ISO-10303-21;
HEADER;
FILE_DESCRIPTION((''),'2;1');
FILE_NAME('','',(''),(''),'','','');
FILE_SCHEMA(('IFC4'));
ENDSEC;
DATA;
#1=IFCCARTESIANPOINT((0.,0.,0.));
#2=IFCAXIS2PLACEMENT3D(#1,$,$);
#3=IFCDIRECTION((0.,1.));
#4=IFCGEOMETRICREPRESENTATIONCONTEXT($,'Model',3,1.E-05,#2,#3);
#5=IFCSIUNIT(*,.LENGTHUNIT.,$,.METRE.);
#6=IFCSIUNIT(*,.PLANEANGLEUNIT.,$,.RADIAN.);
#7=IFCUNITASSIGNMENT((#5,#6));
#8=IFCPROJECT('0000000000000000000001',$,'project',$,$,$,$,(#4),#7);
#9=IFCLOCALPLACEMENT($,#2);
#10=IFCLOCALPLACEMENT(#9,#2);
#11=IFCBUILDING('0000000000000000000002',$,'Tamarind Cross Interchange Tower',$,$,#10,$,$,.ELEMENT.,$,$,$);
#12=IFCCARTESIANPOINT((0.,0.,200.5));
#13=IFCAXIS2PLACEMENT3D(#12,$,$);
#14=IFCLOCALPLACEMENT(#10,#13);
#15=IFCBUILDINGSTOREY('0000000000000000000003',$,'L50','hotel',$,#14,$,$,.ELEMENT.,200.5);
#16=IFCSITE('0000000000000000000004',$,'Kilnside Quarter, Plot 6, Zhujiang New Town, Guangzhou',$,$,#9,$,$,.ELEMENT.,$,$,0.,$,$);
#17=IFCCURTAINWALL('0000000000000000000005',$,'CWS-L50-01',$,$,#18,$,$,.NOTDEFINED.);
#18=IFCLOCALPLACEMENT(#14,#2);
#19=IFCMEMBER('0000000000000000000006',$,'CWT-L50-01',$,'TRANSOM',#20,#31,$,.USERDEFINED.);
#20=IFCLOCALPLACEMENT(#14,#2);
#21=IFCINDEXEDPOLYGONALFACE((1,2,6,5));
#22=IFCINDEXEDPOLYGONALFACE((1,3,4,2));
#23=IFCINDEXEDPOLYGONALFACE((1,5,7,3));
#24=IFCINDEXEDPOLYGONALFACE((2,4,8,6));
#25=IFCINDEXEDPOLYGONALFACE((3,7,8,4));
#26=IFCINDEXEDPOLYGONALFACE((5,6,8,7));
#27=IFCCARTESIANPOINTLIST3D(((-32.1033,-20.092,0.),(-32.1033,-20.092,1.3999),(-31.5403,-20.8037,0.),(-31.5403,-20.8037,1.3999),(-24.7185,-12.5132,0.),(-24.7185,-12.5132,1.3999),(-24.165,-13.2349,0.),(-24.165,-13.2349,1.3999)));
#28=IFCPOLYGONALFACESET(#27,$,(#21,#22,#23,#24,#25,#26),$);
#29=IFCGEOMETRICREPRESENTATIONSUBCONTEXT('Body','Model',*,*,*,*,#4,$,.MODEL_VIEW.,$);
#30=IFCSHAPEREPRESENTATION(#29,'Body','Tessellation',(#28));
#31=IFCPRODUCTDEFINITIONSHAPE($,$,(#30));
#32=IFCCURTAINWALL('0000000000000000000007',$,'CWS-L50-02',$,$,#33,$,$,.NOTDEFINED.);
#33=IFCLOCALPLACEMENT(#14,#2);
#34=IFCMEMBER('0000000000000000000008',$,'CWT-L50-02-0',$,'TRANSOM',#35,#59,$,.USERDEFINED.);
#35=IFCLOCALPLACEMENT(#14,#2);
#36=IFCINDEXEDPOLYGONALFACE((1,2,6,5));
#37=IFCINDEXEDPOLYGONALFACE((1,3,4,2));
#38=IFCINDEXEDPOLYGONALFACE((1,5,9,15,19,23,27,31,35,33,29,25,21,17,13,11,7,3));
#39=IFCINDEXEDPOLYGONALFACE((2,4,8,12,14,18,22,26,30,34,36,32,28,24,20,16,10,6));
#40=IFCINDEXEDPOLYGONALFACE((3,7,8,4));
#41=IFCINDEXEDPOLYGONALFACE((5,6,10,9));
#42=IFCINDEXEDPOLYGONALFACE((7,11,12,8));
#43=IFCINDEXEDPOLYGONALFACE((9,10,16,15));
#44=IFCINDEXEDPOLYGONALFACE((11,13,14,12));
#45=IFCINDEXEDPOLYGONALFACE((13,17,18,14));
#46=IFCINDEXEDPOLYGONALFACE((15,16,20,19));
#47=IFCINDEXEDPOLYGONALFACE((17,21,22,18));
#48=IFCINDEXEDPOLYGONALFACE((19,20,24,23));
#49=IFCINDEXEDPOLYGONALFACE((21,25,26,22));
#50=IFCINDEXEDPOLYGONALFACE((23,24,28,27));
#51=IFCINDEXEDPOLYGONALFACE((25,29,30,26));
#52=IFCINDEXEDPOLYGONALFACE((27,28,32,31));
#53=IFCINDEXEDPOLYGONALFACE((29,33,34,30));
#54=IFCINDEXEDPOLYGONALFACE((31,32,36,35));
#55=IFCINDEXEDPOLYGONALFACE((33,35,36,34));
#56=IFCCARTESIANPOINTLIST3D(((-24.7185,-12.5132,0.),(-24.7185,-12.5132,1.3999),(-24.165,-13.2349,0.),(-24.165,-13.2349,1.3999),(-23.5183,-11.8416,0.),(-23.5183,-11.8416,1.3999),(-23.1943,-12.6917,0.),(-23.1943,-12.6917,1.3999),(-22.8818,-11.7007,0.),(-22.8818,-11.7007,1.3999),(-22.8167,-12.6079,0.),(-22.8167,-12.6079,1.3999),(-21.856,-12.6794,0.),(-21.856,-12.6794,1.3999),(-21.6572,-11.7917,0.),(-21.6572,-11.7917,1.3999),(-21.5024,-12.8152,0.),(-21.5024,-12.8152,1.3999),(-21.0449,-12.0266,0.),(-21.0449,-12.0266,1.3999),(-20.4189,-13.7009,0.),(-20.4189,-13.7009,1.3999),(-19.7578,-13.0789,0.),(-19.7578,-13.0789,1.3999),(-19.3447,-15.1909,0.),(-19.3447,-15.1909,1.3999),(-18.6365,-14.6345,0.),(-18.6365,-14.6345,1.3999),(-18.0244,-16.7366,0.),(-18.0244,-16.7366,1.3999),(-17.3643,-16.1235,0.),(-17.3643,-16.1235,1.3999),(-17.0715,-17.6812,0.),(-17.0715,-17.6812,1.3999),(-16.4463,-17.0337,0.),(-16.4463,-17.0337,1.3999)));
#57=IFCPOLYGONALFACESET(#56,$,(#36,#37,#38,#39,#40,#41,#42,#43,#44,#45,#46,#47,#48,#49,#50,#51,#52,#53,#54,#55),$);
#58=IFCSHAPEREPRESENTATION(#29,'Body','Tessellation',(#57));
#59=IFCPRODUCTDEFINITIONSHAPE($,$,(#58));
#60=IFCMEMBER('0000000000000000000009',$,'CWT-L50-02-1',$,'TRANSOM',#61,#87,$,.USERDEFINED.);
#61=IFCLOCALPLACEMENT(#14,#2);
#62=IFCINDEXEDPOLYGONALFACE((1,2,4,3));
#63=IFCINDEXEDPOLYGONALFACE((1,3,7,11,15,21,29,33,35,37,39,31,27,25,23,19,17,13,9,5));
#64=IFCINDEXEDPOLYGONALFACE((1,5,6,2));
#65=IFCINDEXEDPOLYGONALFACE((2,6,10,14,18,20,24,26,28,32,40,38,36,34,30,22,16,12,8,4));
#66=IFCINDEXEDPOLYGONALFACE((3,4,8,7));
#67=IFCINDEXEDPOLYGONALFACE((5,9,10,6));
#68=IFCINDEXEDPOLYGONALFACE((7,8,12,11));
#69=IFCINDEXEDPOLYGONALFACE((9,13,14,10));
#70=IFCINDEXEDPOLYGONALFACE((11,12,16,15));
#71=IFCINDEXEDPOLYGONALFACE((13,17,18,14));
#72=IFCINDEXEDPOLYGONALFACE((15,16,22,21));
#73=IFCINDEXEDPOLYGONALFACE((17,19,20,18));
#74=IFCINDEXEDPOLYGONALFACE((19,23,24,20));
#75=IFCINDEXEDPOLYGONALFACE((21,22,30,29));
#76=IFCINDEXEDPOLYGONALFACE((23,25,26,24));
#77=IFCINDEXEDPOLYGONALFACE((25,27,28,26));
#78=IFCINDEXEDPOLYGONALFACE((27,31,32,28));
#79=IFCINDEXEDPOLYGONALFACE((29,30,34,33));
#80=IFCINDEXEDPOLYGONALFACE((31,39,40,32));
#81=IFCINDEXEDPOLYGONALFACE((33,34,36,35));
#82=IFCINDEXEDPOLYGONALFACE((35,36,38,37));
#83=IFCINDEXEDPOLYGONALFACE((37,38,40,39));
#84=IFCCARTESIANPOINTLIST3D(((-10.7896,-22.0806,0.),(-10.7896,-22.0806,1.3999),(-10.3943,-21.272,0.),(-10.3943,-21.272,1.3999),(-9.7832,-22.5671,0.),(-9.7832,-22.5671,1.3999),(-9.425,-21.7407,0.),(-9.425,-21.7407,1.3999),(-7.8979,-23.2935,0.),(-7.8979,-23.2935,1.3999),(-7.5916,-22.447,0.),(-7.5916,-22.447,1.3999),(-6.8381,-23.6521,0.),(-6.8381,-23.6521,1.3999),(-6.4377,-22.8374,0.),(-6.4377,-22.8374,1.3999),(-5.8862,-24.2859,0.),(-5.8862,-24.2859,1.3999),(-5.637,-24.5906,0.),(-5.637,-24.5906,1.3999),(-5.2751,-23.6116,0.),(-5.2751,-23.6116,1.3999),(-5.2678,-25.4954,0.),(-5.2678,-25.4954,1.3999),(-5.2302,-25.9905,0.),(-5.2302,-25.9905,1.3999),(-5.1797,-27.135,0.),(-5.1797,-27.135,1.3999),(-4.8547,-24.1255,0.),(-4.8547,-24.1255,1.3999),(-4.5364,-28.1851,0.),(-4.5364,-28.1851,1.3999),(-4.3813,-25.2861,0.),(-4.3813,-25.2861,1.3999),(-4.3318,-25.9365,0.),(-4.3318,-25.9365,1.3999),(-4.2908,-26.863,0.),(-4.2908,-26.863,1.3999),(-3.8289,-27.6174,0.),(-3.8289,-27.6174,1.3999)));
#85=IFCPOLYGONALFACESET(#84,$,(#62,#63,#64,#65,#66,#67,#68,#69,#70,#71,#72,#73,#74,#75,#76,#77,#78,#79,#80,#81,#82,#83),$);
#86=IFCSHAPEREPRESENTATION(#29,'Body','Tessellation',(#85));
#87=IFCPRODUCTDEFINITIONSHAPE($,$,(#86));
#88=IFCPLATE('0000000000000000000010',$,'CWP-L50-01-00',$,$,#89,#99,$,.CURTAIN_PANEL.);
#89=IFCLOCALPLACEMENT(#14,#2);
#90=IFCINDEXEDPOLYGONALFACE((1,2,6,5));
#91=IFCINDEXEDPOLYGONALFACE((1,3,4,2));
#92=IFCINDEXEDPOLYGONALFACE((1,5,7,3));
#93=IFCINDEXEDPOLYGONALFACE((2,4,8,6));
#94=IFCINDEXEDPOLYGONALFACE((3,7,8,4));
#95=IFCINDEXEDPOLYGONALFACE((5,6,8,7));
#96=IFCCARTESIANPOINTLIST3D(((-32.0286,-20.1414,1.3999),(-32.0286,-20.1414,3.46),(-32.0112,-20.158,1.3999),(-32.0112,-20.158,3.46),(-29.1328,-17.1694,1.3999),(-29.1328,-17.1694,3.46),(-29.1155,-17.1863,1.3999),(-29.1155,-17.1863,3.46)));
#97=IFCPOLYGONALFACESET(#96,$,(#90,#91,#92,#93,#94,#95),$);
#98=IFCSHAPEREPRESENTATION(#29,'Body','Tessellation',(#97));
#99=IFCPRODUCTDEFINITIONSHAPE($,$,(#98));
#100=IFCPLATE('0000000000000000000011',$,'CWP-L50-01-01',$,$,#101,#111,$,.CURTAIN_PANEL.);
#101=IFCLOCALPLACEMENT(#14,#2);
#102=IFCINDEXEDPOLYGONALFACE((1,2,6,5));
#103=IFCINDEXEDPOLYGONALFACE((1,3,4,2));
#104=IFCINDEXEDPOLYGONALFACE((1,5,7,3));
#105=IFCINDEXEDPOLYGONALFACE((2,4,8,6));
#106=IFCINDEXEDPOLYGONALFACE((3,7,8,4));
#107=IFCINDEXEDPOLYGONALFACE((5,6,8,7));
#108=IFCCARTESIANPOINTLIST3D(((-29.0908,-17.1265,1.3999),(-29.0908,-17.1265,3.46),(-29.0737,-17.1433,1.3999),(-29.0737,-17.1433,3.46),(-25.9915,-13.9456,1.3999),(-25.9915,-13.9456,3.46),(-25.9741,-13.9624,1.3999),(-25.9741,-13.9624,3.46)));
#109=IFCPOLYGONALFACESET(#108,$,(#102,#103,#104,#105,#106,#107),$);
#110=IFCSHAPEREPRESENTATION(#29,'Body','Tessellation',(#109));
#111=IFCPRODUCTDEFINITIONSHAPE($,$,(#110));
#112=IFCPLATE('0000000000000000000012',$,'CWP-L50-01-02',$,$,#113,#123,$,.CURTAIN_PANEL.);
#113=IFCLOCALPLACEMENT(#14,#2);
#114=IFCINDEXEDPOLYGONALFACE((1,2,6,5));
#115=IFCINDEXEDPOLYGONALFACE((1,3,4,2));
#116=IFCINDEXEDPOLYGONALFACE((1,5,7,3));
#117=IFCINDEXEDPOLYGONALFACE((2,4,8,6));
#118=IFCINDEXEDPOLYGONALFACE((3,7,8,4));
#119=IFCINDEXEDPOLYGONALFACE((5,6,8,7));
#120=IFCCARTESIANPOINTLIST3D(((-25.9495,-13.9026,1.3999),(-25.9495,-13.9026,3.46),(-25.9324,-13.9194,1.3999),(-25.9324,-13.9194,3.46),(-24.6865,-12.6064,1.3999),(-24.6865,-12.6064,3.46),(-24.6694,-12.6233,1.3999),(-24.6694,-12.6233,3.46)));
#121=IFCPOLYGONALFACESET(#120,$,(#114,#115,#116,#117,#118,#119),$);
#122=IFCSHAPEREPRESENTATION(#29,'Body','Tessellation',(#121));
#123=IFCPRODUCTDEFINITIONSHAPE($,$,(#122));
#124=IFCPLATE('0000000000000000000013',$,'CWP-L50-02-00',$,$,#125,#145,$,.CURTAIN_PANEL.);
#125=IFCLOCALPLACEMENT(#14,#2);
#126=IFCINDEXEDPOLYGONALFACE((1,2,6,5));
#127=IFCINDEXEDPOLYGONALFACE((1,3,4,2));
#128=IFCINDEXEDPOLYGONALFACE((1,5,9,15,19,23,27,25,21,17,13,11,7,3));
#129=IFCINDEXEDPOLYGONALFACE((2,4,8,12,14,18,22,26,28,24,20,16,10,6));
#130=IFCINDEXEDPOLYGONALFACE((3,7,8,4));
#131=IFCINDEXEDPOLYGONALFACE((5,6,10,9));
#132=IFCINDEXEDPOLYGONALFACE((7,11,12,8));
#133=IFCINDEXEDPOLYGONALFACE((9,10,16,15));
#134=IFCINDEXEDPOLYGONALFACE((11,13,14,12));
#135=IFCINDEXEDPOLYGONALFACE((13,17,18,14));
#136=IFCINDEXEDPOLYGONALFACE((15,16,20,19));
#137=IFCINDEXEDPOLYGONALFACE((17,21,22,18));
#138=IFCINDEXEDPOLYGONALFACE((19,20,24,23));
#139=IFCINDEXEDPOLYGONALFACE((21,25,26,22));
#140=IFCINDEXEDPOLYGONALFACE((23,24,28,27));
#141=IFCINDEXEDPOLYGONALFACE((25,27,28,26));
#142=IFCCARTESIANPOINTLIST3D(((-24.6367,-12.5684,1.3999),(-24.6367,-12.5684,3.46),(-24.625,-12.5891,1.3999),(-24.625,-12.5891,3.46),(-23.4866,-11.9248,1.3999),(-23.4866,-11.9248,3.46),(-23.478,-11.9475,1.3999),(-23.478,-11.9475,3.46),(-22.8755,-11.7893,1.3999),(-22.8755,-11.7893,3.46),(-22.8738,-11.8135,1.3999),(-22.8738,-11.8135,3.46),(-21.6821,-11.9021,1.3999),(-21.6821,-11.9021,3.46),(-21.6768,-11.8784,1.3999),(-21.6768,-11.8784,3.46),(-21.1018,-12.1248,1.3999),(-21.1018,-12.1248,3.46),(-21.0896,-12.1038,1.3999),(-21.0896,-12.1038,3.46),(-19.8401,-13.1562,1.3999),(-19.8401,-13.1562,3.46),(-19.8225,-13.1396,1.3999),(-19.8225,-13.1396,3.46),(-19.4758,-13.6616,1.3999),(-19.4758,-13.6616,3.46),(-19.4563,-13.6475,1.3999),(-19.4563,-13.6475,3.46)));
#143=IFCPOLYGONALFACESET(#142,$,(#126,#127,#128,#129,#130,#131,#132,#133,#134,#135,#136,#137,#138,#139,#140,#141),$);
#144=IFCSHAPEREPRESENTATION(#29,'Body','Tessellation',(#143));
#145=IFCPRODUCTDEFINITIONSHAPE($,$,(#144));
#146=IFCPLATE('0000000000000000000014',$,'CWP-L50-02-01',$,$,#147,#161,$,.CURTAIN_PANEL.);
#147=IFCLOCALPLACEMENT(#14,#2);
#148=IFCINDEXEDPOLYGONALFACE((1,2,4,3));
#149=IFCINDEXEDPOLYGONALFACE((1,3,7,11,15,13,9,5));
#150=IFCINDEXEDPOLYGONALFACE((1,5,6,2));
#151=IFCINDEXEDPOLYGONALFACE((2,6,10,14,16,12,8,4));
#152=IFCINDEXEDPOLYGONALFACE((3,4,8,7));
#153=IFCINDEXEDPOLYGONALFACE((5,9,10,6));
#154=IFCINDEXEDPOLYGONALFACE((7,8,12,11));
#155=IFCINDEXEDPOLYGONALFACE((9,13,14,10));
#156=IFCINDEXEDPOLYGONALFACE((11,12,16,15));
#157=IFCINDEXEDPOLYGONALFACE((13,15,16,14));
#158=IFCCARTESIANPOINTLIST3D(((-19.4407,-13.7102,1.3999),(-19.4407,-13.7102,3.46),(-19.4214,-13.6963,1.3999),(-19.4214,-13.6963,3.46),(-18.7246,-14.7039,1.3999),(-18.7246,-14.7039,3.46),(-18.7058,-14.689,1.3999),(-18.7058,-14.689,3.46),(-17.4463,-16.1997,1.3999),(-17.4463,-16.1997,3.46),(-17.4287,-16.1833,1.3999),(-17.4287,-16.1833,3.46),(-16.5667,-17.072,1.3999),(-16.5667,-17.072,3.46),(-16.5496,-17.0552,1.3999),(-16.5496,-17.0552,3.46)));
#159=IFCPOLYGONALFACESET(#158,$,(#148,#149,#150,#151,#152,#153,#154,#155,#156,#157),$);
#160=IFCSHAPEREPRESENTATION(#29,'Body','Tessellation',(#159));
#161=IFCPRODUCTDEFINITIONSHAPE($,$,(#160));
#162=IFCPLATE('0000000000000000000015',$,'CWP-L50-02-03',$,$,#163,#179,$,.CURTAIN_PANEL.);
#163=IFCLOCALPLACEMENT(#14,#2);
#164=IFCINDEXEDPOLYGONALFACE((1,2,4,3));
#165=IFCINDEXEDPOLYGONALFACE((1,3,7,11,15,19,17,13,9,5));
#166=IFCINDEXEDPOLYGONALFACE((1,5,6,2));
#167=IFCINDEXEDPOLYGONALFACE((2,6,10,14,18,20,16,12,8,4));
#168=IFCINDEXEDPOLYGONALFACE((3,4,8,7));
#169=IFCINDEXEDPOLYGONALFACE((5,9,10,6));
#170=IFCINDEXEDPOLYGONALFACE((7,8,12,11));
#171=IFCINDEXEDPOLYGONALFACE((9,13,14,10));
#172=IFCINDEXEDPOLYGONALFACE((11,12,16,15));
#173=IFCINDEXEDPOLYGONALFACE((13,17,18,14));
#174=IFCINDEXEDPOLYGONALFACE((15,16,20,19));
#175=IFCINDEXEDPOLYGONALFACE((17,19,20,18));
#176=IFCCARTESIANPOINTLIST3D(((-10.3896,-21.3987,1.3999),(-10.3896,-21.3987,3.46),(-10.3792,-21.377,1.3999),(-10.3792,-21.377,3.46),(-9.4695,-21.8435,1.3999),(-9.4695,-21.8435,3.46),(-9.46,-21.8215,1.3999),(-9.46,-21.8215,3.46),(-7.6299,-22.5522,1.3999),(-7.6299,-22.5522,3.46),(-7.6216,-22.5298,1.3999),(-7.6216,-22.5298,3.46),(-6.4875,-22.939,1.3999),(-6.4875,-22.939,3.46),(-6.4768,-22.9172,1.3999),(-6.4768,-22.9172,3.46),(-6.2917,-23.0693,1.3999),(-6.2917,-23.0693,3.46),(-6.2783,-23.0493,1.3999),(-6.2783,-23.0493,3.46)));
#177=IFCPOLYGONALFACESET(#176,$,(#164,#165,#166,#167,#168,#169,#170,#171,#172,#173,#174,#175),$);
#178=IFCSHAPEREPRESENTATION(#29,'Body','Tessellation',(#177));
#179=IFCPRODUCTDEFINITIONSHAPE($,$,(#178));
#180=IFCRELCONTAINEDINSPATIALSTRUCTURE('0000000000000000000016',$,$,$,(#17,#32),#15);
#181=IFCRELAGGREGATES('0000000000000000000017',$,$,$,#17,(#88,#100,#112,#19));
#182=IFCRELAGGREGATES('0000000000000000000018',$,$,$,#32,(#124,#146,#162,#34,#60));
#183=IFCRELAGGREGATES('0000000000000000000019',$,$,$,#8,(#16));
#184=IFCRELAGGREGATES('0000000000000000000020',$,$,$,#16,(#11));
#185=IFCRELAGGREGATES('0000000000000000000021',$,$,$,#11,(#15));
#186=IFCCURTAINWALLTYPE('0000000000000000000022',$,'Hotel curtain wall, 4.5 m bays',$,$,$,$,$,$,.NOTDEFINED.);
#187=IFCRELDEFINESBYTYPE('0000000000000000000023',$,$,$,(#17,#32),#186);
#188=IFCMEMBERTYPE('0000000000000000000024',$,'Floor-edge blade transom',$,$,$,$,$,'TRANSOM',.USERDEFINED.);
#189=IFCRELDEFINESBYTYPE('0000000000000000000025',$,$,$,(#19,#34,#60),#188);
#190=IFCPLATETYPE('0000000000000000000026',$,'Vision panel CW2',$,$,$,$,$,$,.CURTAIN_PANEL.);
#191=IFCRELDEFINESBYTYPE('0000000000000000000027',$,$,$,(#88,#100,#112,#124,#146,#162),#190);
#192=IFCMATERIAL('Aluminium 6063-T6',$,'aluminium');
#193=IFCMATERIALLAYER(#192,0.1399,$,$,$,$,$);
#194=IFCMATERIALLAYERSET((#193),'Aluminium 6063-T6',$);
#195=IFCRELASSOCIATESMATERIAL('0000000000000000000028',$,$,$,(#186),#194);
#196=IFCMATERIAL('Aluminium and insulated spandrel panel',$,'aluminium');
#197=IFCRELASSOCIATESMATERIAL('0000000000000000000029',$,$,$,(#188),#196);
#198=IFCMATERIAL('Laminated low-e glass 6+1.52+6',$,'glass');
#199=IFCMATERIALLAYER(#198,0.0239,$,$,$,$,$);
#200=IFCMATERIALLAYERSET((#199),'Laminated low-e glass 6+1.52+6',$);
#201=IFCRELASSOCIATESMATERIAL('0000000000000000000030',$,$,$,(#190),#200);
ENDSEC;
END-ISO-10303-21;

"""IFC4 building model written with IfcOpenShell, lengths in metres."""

from ifc_helpers import new_model, si_unit, direction, frame, origin, place, context, subcontext, project, spatial, polyline, outline, extrude, material, layer, layer_set, type_object, element, aggregate, save


model = new_model("IFC4")

# Units and contexts
model_context = context("Model", 3, precision=1e-05, world=origin(), true_north=direction((0.0, 1.0)))
body_context = subcontext(model_context, "Body", "Model", "MODEL_VIEW")
ifc_project = project(units=[si_unit("LENGTHUNIT", "METRE"), si_unit("PLANEANGLEUNIT", "RADIAN")], contexts=[model_context])

# Site, building, storey
site_placement = place(None, origin())
site = spatial("IfcSite", under=ifc_project, at=site_placement, Name="Kilnside Quarter, Plot 6, Zhujiang New Town, Guangzhou", CompositionType="ELEMENT", RefElevation=0.0)
building_placement = place(site_placement, origin())
building = spatial("IfcBuilding", under=site, at=building_placement, Name="Tamarind Cross Interchange Tower", CompositionType="ELEMENT")
storey_placement = place(building_placement, frame((0.0, 0.0, 200.5)))
storey = spatial("IfcBuildingStorey", under=building, at=storey_placement, Name="L50", Description="hotel", CompositionType="ELEMENT", Elevation=200.5)

# Curtain wall, member
ifc_material_1 = material(Name="Aluminium 6063-T6", Category="aluminium")
ifc_layer_1 = layer(ifc_material_1, 0.1399)
ifc_layer_set_1 = layer_set([ifc_layer_1], Name="Aluminium 6063-T6")
curtain_wall_type = type_object("IfcCurtainWallType", Name="Hotel curtain wall, 4.5 m bays", PredefinedType="NOTDEFINED", material=ifc_layer_set_1)
curtain_wall_1_placement = place(storey_placement, origin())
curtain_wall_1 = element("IfcCurtainWall", 1, at=curtain_wall_1_placement, inside=storey, type_object=curtain_wall_type, Name="CWS-L50-01", PredefinedType="NOTDEFINED")
ifc_material_2 = material(Name="Aluminium and insulated spandrel panel", Category="aluminium")
member_type = type_object("IfcMemberType", Name="Floor-edge blade transom", ElementType="TRANSOM", PredefinedType="USERDEFINED", material=ifc_material_2)
member_1_placement = place(storey_placement, origin())
member_1 = element("IfcMember", 2, at=member_1_placement, type_object=member_type, Name="CWT-L50-01", ObjectType="TRANSOM", PredefinedType="USERDEFINED", context=body_context, shape_type="SweptSolid", body=[
    extrude(outline(polyline([(-32.1033, -20.092), (-24.7185, -12.5132), (-24.165, -13.2349), (-31.5403, -20.8037), (-32.1033, -20.092)])), origin(), (0.0, 0.0, 1.0), 1.3999),
])

# Curtain wall, members
curtain_wall_2_placement = place(storey_placement, origin())
curtain_wall_2 = element("IfcCurtainWall", 3, at=curtain_wall_2_placement, inside=storey, type_object=curtain_wall_type, Name="CWS-L50-02", PredefinedType="NOTDEFINED")
member_2_placement = place(storey_placement, origin())
member_2 = element("IfcMember", 4, at=member_2_placement, type_object=member_type, Name="CWT-L50-02-0", ObjectType="TRANSOM", PredefinedType="USERDEFINED", context=body_context, shape_type="SweptSolid", body=[
    extrude(outline(polyline([(-24.7185, -12.5132), (-23.5183, -11.8416), (-22.8818, -11.7007), (-21.6572, -11.7917), (-21.0449, -12.0266), (-19.7578, -13.0789), (-18.6365, -14.6345), (-17.3643, -16.1235), (-16.4463, -17.0337), (-17.0715, -17.6812), (-18.0244, -16.7366), (-19.3447, -15.1909), (-20.4189, -13.7009), (-21.5024, -12.8152), (-21.856, -12.6794), (-22.8167, -12.6079), (-23.1943, -12.6917), (-24.165, -13.2349), (-24.7185, -12.5132)])), origin(), (0.0, 0.0, 1.0), 1.3999),
])
member_3_placement = place(storey_placement, origin())
member_3 = element("IfcMember", 5, at=member_3_placement, type_object=member_type, Name="CWT-L50-02-1", ObjectType="TRANSOM", PredefinedType="USERDEFINED", context=body_context, shape_type="SweptSolid", body=[
    extrude(outline(polyline([(-10.3943, -21.272), (-9.425, -21.7407), (-7.5916, -22.447), (-6.4377, -22.8374), (-5.2751, -23.6116), (-4.8547, -24.1255), (-4.3813, -25.2861), (-4.3318, -25.9365), (-4.2908, -26.863), (-3.8289, -27.6174), (-4.5364, -28.1851), (-5.1797, -27.135), (-5.2302, -25.9905), (-5.2678, -25.4954), (-5.637, -24.5906), (-5.8862, -24.2859), (-6.8381, -23.6521), (-7.8979, -23.2935), (-9.7832, -22.5671), (-10.7896, -22.0806), (-10.3943, -21.272)])), origin(), (0.0, 0.0, 1.0), 1.3999),
])

# Plates
ifc_material_3 = material(Name="Laminated low-e glass 6+1.52+6", Category="glass")
ifc_layer_2 = layer(ifc_material_3, 0.0239)
ifc_layer_set_2 = layer_set([ifc_layer_2], Name="Laminated low-e glass 6+1.52+6")
plate_type = type_object("IfcPlateType", Name="Vision panel CW2", PredefinedType="CURTAIN_PANEL", material=ifc_layer_set_2)
plate_1_placement = place(storey_placement, frame((0.0, 0.0, 1.3999)))
plate_1 = element("IfcPlate", 6, at=plate_1_placement, type_object=plate_type, Name="CWP-L50-01-00", PredefinedType="CURTAIN_PANEL", context=body_context, shape_type="SweptSolid", body=[
    extrude(outline(polyline([(-32.0286, -20.1414), (-29.1328, -17.1694), (-29.1155, -17.1863), (-32.0112, -20.158), (-32.0286, -20.1414)])), origin(), (0.0, 0.0, 1.0), 2.0601),
])
plate_2_placement = place(storey_placement, frame((0.0, 0.0, 1.3999)))
plate_2 = element("IfcPlate", 7, at=plate_2_placement, type_object=plate_type, Name="CWP-L50-01-01", PredefinedType="CURTAIN_PANEL", context=body_context, shape_type="SweptSolid", body=[
    extrude(outline(polyline([(-29.0908, -17.1265), (-25.9915, -13.9456), (-25.9741, -13.9624), (-29.0737, -17.1433), (-29.0908, -17.1265)])), origin(), (0.0, 0.0, 1.0), 2.0601),
])
plate_3_placement = place(storey_placement, frame((0.0, 0.0, 1.3999)))
plate_3 = element("IfcPlate", 8, at=plate_3_placement, type_object=plate_type, Name="CWP-L50-01-02", PredefinedType="CURTAIN_PANEL", context=body_context, shape_type="SweptSolid", body=[
    extrude(outline(polyline([(-25.9495, -13.9026), (-24.6865, -12.6064), (-24.6694, -12.6233), (-25.9324, -13.9194), (-25.9495, -13.9026)])), origin(), (0.0, 0.0, 1.0), 2.0601),
])
aggregate(curtain_wall_1, [plate_1, plate_2, plate_3, member_1])
plate_4_placement = place(storey_placement, frame((0.0, 0.0, 1.3999)))
plate_4 = element("IfcPlate", 9, at=plate_4_placement, type_object=plate_type, Name="CWP-L50-02-00", PredefinedType="CURTAIN_PANEL", context=body_context, shape_type="SweptSolid", body=[
    extrude(outline(polyline([(-24.6367, -12.5684), (-23.4866, -11.9248), (-22.8755, -11.7893), (-21.6768, -11.8784), (-21.0896, -12.1038), (-19.8225, -13.1396), (-19.4563, -13.6475), (-19.4758, -13.6616), (-19.8401, -13.1562), (-21.1018, -12.1248), (-21.6821, -11.9021), (-22.8738, -11.8135), (-23.478, -11.9475), (-24.625, -12.5891), (-24.6367, -12.5684)])), origin(), (0.0, 0.0, 1.0), 2.0601),
])
plate_5_placement = place(storey_placement, frame((0.0, 0.0, 1.3999)))
plate_5 = element("IfcPlate", 10, at=plate_5_placement, type_object=plate_type, Name="CWP-L50-02-01", PredefinedType="CURTAIN_PANEL", context=body_context, shape_type="SweptSolid", body=[
    extrude(outline(polyline([(-19.4214, -13.6963), (-18.7058, -14.689), (-17.4287, -16.1833), (-16.5496, -17.0552), (-16.5667, -17.072), (-17.4463, -16.1997), (-18.7246, -14.7039), (-19.4407, -13.7102), (-19.4214, -13.6963)])), origin(), (0.0, 0.0, 1.0), 2.0601),
])
plate_6_placement = place(storey_placement, frame((0.0, 0.0, 1.3999)))
plate_6 = element("IfcPlate", 11, at=plate_6_placement, type_object=plate_type, Name="CWP-L50-02-03", PredefinedType="CURTAIN_PANEL", context=body_context, shape_type="SweptSolid", body=[
    extrude(outline(polyline([(-10.3792, -21.377), (-9.46, -21.8215), (-7.6216, -22.5298), (-6.4768, -22.9172), (-6.2783, -23.0493), (-6.2917, -23.0693), (-6.4875, -22.939), (-7.6299, -22.5522), (-9.4695, -21.8435), (-10.3896, -21.3987), (-10.3792, -21.377)])), origin(), (0.0, 0.0, 1.0), 2.0601),
])
aggregate(curtain_wall_2, [plate_4, plate_5, plate_6, member_2, member_3])

save(model, "model.ifc")
